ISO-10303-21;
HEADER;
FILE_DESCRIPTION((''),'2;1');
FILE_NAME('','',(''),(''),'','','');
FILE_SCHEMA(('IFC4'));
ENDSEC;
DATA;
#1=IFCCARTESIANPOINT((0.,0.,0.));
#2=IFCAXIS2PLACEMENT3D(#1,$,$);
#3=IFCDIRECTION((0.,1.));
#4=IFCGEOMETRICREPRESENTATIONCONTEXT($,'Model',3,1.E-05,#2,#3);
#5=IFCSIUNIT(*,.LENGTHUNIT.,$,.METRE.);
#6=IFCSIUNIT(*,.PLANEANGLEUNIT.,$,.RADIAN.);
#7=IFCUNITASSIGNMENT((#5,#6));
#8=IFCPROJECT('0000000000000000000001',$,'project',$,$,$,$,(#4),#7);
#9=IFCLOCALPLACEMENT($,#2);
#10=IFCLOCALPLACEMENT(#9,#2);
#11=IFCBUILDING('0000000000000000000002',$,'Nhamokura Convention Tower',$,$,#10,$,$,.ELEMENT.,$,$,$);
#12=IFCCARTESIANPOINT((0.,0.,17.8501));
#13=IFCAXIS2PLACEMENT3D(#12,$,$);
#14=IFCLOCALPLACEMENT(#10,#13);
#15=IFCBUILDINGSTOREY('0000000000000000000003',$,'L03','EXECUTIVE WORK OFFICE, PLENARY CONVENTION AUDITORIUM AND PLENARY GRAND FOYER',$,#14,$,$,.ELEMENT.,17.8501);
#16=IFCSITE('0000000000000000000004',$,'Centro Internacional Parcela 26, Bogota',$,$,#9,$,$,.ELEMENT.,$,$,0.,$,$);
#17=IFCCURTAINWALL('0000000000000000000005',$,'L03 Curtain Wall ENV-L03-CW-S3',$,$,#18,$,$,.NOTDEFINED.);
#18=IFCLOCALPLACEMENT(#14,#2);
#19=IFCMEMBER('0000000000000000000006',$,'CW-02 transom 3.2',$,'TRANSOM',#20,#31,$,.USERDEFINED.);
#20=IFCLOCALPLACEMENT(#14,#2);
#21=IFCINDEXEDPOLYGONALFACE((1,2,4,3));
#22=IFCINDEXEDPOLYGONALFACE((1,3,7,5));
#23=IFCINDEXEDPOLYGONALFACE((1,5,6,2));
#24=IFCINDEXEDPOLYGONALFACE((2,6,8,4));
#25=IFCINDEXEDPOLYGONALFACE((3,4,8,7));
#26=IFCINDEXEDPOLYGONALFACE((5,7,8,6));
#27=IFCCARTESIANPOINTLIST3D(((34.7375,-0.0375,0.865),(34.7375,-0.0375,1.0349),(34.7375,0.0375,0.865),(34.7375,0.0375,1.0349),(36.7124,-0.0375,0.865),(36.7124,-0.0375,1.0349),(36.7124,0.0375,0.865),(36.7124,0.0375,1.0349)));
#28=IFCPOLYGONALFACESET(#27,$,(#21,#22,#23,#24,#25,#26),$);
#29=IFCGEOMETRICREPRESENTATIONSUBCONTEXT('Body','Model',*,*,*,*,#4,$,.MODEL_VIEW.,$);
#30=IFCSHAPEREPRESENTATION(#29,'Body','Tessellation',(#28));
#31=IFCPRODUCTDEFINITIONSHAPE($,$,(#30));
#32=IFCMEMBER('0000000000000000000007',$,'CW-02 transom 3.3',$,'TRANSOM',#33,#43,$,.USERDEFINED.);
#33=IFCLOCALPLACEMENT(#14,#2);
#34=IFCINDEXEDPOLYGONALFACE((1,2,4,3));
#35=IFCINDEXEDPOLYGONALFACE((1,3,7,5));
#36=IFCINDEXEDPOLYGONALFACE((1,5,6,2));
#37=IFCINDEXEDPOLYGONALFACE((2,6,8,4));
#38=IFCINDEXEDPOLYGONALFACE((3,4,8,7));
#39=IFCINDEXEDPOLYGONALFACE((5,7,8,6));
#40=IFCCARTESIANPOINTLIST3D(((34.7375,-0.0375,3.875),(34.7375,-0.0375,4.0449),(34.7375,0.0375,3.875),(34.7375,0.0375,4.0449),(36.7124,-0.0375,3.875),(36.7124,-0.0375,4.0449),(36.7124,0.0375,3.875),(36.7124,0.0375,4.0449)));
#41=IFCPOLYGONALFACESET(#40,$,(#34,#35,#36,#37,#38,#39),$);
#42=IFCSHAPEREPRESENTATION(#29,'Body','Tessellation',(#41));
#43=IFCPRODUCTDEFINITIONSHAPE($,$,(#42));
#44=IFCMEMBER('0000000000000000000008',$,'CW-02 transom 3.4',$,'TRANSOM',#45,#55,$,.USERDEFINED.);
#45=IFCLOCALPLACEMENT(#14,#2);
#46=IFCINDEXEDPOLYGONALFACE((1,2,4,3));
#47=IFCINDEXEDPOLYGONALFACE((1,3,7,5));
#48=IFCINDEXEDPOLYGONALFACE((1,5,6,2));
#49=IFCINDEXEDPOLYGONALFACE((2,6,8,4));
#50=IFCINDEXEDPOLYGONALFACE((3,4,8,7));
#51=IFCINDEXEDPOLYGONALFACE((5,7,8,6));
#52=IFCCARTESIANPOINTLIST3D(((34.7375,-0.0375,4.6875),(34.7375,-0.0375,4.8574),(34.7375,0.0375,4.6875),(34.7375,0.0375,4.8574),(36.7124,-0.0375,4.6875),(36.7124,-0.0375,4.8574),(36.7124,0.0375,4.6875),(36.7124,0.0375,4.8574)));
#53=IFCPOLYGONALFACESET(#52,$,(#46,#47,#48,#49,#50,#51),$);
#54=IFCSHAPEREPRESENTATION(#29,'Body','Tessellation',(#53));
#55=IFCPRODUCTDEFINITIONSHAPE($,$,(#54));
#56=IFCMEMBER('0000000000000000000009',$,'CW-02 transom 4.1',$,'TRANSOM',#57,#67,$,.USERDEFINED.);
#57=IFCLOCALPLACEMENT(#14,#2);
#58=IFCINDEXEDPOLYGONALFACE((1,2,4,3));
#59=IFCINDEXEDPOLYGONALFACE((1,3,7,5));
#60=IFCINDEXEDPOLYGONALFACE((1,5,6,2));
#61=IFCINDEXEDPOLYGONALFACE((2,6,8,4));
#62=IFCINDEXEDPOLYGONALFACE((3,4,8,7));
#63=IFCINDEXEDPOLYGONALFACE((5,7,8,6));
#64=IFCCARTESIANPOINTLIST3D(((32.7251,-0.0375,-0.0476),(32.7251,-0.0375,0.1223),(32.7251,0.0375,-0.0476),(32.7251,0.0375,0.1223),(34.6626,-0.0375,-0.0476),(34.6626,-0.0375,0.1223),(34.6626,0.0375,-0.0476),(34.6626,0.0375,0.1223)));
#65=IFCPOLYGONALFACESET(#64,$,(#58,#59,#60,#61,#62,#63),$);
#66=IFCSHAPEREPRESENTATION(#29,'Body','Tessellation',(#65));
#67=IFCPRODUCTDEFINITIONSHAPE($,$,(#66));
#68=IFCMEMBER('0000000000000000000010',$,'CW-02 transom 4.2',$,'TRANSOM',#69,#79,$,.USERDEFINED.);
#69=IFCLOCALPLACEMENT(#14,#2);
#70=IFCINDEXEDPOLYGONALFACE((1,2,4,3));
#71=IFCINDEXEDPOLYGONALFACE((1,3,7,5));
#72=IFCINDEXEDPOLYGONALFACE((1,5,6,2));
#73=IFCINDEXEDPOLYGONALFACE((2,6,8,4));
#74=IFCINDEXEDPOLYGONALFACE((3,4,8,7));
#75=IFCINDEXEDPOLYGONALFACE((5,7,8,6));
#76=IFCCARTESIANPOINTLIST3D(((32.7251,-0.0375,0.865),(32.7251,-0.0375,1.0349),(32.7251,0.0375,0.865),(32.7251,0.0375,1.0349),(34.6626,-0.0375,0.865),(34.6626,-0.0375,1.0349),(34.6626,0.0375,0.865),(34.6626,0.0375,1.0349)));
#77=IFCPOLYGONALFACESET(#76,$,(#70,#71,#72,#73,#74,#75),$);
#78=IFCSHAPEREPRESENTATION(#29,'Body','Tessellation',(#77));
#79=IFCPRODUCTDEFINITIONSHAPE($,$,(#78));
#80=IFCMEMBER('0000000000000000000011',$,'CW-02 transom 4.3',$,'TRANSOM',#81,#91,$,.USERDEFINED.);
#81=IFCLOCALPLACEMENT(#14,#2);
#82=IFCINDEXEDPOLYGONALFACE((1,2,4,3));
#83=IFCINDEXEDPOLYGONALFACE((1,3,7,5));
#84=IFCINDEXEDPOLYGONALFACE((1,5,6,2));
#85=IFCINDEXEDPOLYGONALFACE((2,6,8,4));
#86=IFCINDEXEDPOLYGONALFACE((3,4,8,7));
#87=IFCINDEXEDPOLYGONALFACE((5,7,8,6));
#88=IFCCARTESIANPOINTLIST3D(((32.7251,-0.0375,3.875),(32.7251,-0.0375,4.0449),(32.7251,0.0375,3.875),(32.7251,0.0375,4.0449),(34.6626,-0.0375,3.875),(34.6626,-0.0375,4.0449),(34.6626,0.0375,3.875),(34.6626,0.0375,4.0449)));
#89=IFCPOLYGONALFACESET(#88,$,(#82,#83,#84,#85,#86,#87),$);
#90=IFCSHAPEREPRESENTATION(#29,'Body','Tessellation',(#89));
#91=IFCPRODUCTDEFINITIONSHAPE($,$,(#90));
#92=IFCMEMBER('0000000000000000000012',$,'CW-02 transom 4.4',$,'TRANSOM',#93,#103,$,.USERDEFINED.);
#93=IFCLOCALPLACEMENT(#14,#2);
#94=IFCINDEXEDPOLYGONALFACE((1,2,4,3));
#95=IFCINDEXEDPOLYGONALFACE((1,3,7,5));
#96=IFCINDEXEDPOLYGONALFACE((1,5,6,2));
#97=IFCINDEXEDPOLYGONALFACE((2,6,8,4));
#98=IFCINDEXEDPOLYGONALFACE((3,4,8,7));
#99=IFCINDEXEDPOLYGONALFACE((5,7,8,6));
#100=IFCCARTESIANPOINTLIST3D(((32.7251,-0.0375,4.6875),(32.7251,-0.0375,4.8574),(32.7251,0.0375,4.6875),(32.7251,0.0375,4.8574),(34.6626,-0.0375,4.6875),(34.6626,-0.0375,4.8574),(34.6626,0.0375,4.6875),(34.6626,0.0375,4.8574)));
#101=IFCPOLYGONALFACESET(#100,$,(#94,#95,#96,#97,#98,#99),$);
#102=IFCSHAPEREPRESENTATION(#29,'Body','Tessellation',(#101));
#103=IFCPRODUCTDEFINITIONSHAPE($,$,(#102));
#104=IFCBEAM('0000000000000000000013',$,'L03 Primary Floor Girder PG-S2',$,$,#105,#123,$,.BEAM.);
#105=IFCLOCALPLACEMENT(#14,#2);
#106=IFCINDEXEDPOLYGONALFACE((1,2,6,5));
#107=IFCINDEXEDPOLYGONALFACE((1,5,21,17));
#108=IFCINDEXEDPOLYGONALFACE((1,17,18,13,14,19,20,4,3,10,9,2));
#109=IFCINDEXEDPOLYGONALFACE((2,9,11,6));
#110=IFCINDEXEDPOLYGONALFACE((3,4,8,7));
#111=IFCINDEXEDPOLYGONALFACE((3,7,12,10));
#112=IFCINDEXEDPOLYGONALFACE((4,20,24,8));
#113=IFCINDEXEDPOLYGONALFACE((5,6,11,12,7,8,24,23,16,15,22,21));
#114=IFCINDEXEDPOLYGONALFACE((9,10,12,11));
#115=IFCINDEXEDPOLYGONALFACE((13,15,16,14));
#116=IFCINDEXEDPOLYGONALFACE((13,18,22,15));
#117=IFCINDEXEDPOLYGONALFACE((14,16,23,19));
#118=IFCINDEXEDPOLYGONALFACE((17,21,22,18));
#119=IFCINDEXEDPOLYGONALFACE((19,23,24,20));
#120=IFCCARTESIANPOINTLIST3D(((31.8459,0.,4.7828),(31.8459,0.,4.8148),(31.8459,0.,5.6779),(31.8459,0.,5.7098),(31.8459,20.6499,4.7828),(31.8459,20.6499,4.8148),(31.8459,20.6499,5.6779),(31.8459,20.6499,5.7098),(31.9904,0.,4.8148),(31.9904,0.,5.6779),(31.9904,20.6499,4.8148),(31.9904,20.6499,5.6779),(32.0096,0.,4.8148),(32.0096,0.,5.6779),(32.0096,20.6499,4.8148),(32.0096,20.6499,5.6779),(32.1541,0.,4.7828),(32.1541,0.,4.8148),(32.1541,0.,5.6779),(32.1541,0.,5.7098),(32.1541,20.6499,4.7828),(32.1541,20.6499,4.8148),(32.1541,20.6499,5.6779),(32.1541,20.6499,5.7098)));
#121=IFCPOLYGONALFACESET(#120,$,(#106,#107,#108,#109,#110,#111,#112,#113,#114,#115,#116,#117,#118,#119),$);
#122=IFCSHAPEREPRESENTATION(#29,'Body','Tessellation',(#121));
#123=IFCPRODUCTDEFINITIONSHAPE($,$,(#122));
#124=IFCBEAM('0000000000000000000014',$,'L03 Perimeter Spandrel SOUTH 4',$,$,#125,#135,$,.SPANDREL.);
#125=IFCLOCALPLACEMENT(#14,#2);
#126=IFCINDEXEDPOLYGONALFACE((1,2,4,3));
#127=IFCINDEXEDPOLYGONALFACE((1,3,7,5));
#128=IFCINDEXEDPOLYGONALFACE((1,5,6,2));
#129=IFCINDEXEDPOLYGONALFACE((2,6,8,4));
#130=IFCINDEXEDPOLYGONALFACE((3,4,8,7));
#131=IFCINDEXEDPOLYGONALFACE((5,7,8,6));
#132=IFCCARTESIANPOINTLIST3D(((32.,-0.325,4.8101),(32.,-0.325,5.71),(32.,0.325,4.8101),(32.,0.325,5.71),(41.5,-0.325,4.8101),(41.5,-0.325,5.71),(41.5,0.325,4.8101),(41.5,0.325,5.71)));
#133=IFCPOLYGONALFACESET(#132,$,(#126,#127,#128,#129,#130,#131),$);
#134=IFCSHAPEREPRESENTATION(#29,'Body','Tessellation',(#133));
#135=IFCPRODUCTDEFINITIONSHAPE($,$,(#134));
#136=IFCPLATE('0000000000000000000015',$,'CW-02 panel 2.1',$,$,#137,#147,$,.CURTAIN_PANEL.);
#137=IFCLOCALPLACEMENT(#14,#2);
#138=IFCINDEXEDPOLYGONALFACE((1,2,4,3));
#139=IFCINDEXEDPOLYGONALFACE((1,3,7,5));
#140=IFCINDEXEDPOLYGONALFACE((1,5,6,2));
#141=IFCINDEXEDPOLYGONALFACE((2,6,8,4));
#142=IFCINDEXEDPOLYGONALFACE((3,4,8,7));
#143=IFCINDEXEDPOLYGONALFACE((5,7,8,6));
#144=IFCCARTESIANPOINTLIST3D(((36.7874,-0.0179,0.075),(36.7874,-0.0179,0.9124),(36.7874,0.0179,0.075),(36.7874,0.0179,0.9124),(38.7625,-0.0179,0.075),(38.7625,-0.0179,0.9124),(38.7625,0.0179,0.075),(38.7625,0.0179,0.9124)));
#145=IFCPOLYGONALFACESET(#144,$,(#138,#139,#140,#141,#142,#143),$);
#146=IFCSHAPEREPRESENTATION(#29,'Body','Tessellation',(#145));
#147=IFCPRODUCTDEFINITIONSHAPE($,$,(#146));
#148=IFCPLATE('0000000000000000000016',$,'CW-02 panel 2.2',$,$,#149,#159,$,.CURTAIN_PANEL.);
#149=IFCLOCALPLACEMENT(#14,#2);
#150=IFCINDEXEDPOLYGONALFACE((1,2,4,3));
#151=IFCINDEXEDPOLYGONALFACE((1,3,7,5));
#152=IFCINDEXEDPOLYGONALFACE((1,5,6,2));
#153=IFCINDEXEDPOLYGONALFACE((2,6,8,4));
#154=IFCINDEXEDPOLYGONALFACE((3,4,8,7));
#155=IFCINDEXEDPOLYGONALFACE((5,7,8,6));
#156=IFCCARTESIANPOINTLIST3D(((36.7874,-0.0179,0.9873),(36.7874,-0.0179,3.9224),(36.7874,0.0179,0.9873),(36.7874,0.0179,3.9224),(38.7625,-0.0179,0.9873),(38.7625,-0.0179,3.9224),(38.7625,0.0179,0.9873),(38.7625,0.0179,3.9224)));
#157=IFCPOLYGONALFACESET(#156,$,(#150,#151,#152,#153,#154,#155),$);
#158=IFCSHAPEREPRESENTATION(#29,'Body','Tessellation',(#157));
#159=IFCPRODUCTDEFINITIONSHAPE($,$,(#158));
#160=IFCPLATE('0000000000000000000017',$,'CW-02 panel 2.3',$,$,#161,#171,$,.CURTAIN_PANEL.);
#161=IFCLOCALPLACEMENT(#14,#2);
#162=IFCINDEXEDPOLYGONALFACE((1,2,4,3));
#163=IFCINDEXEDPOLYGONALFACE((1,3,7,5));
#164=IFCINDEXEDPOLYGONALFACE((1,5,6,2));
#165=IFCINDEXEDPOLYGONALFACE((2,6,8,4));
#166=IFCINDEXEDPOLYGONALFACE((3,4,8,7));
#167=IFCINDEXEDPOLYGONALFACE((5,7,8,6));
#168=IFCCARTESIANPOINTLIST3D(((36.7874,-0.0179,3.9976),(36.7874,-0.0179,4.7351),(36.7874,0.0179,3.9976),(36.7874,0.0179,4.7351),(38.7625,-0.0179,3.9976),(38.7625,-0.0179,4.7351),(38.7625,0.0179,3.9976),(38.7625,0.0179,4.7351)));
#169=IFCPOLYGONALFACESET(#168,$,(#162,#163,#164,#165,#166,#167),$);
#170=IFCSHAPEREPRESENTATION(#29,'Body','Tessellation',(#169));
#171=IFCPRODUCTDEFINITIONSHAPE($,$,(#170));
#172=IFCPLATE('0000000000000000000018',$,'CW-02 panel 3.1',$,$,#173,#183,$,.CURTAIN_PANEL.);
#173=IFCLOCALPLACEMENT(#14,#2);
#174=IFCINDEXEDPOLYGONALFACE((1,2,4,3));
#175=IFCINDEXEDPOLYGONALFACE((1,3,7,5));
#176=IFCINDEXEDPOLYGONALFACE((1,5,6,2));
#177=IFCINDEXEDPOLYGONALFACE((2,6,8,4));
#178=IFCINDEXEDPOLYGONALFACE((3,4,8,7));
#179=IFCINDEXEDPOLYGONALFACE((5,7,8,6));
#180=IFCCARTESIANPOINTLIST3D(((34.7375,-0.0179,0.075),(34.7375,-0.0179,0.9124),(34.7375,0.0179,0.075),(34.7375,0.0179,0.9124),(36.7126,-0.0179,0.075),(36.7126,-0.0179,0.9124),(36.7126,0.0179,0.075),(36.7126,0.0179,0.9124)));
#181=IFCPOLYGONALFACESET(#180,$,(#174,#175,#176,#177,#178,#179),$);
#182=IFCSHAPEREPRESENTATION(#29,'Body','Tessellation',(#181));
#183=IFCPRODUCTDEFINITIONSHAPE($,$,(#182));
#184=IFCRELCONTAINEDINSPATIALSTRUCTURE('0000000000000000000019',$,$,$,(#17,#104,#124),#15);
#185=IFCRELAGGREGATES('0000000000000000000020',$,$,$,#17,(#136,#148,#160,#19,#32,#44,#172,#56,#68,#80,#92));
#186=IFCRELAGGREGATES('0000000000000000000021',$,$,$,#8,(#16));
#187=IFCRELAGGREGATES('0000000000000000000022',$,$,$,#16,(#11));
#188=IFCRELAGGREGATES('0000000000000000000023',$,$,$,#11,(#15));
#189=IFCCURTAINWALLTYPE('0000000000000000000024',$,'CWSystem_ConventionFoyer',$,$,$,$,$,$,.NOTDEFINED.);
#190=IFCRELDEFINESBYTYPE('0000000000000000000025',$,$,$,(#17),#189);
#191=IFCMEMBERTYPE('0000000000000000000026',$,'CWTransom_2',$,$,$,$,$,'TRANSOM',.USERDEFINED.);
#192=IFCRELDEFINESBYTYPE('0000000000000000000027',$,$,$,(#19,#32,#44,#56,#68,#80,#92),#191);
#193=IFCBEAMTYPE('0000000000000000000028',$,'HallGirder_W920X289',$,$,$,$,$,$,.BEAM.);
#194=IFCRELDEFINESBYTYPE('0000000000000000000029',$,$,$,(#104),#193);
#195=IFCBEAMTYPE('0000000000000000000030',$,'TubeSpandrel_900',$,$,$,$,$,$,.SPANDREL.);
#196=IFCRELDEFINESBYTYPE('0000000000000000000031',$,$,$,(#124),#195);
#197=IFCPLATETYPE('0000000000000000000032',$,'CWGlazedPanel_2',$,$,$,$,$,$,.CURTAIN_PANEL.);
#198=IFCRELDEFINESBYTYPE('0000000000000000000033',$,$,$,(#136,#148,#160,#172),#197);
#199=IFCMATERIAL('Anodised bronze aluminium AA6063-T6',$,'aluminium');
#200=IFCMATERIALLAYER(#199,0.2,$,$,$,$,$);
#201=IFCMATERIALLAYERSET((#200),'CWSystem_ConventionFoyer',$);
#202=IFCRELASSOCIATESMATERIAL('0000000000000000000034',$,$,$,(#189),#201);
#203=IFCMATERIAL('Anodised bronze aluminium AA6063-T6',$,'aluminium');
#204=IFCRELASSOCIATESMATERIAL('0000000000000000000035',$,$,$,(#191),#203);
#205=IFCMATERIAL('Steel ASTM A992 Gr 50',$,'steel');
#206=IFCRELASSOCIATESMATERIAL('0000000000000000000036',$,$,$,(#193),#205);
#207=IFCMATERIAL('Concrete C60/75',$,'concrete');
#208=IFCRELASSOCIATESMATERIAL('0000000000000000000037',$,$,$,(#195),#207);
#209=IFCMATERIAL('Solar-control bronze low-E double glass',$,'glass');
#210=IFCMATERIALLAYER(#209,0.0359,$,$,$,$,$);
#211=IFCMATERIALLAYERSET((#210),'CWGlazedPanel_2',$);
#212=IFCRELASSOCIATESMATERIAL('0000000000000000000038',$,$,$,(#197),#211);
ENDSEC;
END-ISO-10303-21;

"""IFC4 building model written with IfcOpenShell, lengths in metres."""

from ifc_helpers import new_model, si_unit, direction, frame, origin, origin_2d, place, context, subcontext, project, spatial, rectangle, i_section, extrude, material, layer, layer_set, material_profile, profile_set, type_object, element, aggregate, save


model = new_model("IFC4")

# Units and contexts
model_context = context("Model", 3, precision=1e-05, world=origin(), true_north=direction((0.0, 1.0)))
body_context = subcontext(model_context, "Body", "Model", "MODEL_VIEW")
ifc_project = project(units=[si_unit("LENGTHUNIT", "METRE"), si_unit("PLANEANGLEUNIT", "RADIAN")], contexts=[model_context])

# Site, building, storey
site_placement = place(None, origin())
site = spatial("IfcSite", under=ifc_project, at=site_placement, Name="Centro Internacional Parcela 26, Bogota", CompositionType="ELEMENT", RefElevation=0.0)
building_placement = place(site_placement, origin())
building = spatial("IfcBuilding", under=site, at=building_placement, Name="Nhamokura Convention Tower", CompositionType="ELEMENT")
storey_placement = place(building_placement, frame((0.0, 0.0, 17.8501)))
storey = spatial("IfcBuildingStorey", under=building, at=storey_placement, Name="L03", Description="EXECUTIVE WORK OFFICE, PLENARY CONVENTION AUDITORIUM AND PLENARY GRAND FOYER", CompositionType="ELEMENT", Elevation=17.8501)

# Shared definitions
ifc_material_1 = material(Name="Anodised bronze aluminium AA6063-T6", Category="aluminium")
ifc_layer_1 = layer(ifc_material_1, 0.2)
ifc_layer_set_1 = layer_set([ifc_layer_1], Name="CWSystem_ConventionFoyer")
curtain_wall_type = type_object("IfcCurtainWallType", Name="CWSystem_ConventionFoyer", PredefinedType="NOTDEFINED", material=ifc_layer_set_1)

# Curtain wall
curtain_wall_1_placement = place(storey_placement, origin())
curtain_wall_1 = element("IfcCurtainWall", 1, at=curtain_wall_1_placement, inside=storey, type_object=curtain_wall_type, Name="L03 Curtain Wall ENV-L03-CW-S3", PredefinedType="NOTDEFINED")

# Members
ifc_material_2 = material(Name="Anodised bronze aluminium AA6063-T6", Category="aluminium")
ifc_material_profile_1 = material_profile(ifc_material_2, rectangle(XDim=0.075, YDim=0.1699, at=origin_2d()))
ifc_profile_set_1 = profile_set([ifc_material_profile_1], Name="Anodised bronze aluminium AA6063-T6")
member_type_1 = type_object("IfcMemberType", Name="CWTransom_2", ElementType="TRANSOM", PredefinedType="USERDEFINED", material=ifc_profile_set_1)
member_1_placement = place(storey_placement, frame((36.7124, 0.0, 0.95), z_axis=(-1.0, 0.0, 0.0), x_axis=(0.0, -1.0, 0.0)))
member_1 = element("IfcMember", 2, at=member_1_placement, type_object=member_type_1, Name="CW-02 transom 3.2", ObjectType="TRANSOM", PredefinedType="USERDEFINED", context=body_context, shape_type="SweptSolid", body=[
    extrude(rectangle(XDim=0.075, YDim=0.1699, at=origin_2d()), origin(), (0.0, 0.0, 1.0), 1.9749),
])
member_2_placement = place(storey_placement, frame((36.7124, 0.0, 3.96), z_axis=(-1.0, 0.0, 0.0), x_axis=(0.0, -1.0, 0.0)))
member_2 = element("IfcMember", 3, at=member_2_placement, type_object=member_type_1, Name="CW-02 transom 3.3", ObjectType="TRANSOM", PredefinedType="USERDEFINED", context=body_context, shape_type="SweptSolid", body=[
    extrude(rectangle(XDim=0.075, YDim=0.1699, at=origin_2d()), origin(), (0.0, 0.0, 1.0), 1.9749),
])
member_3_placement = place(storey_placement, frame((36.7124, 0.0, 4.7725), z_axis=(-1.0, 0.0, 0.0), x_axis=(0.0, -1.0, 0.0)))
member_3 = element("IfcMember", 4, at=member_3_placement, type_object=member_type_1, Name="CW-02 transom 3.4", ObjectType="TRANSOM", PredefinedType="USERDEFINED", context=body_context, shape_type="SweptSolid", body=[
    extrude(rectangle(XDim=0.075, YDim=0.1699, at=origin_2d()), origin(), (0.0, 0.0, 1.0), 1.9749),
])
member_4_placement = place(storey_placement, frame((34.6626, 0.0, 0.0374), z_axis=(-1.0, 0.0, 0.0), x_axis=(0.0, -1.0, 0.0)))
member_4 = element("IfcMember", 5, at=member_4_placement, type_object=member_type_1, Name="CW-02 transom 4.1", ObjectType="TRANSOM", PredefinedType="USERDEFINED", context=body_context, shape_type="SweptSolid", body=[
    extrude(rectangle(XDim=0.075, YDim=0.1699, at=origin_2d()), origin(), (0.0, 0.0, 1.0), 1.9375),
])
member_5_placement = place(storey_placement, frame((34.6626, 0.0, 0.95), z_axis=(-1.0, 0.0, 0.0), x_axis=(0.0, -1.0, 0.0)))
member_5 = element("IfcMember", 6, at=member_5_placement, type_object=member_type_1, Name="CW-02 transom 4.2", ObjectType="TRANSOM", PredefinedType="USERDEFINED", context=body_context, shape_type="SweptSolid", body=[
    extrude(rectangle(XDim=0.075, YDim=0.1699, at=origin_2d()), origin(), (0.0, 0.0, 1.0), 1.9375),
])
member_6_placement = place(storey_placement, frame((34.6626, 0.0, 3.96), z_axis=(-1.0, 0.0, 0.0), x_axis=(0.0, -1.0, 0.0)))
member_6 = element("IfcMember", 7, at=member_6_placement, type_object=member_type_1, Name="CW-02 transom 4.3", ObjectType="TRANSOM", PredefinedType="USERDEFINED", context=body_context, shape_type="SweptSolid", body=[
    extrude(rectangle(XDim=0.075, YDim=0.1699, at=origin_2d()), origin(), (0.0, 0.0, 1.0), 1.9375),
])
member_7_placement = place(storey_placement, frame((34.6626, 0.0, 4.7725), z_axis=(-1.0, 0.0, 0.0), x_axis=(0.0, -1.0, 0.0)))
member_7 = element("IfcMember", 8, at=member_7_placement, type_object=member_type_1, Name="CW-02 transom 4.4", ObjectType="TRANSOM", PredefinedType="USERDEFINED", context=body_context, shape_type="SweptSolid", body=[
    extrude(rectangle(XDim=0.075, YDim=0.1699, at=origin_2d()), origin(), (0.0, 0.0, 1.0), 1.9375),
])

# Beams
ifc_material_3 = material(Name="Steel ASTM A992 Gr 50", Category="steel")
ifc_material_profile_2 = material_profile(ifc_material_3, i_section(OverallWidth=0.3081, OverallDepth=0.927, WebThickness=0.0193, FlangeThickness=0.032, at=origin_2d()))
ifc_profile_set_2 = profile_set([ifc_material_profile_2], Name="Steel ASTM A992 Gr 50")
beam_type_1 = type_object("IfcBeamType", Name="HallGirder_W920X289", PredefinedType="BEAM", material=ifc_profile_set_2)
beam_1_placement = place(storey_placement, frame((32.0, 0.0, 5.2463), z_axis=(0.0, 1.0, 0.0), x_axis=(-1.0, 0.0, 0.0)))
element("IfcBeam", 9, at=beam_1_placement, inside=storey, type_object=beam_type_1, Name="L03 Primary Floor Girder PG-S2", PredefinedType="BEAM", context=body_context, shape_type="SweptSolid", body=[
    extrude(i_section(OverallWidth=0.3081, OverallDepth=0.927, WebThickness=0.0193, FlangeThickness=0.032, at=origin_2d()), origin(), (0.0, 0.0, 1.0), 20.6499),
])
ifc_material_4 = material(Name="Concrete C60/75", Category="concrete")
ifc_material_profile_3 = material_profile(ifc_material_4, rectangle(XDim=0.6499, YDim=0.8999, at=origin_2d()))
ifc_profile_set_3 = profile_set([ifc_material_profile_3], Name="Concrete C60/75")
beam_type_2 = type_object("IfcBeamType", Name="TubeSpandrel_900", PredefinedType="SPANDREL", material=ifc_profile_set_3)
beam_2_placement = place(storey_placement, frame((32.0, 0.0, 5.26), z_axis=(1.0, 0.0, 0.0), x_axis=(0.0, 1.0, 0.0)))
element("IfcBeam", 10, at=beam_2_placement, inside=storey, type_object=beam_type_2, Name="L03 Perimeter Spandrel SOUTH 4", PredefinedType="SPANDREL", context=body_context, shape_type="SweptSolid", body=[
    extrude(rectangle(XDim=0.6499, YDim=0.8999, at=origin_2d()), origin(), (0.0, 0.0, 1.0), 9.5),
])

# Plates
ifc_material_5 = material(Name="Solar-control bronze low-E double glass", Category="glass")
ifc_layer_2 = layer(ifc_material_5, 0.0359)
ifc_layer_set_2 = layer_set([ifc_layer_2], Name="CWGlazedPanel_2")
plate_type = type_object("IfcPlateType", Name="CWGlazedPanel_2", PredefinedType="CURTAIN_PANEL", material=ifc_layer_set_2)
plate_1_placement = place(storey_placement, frame((37.7749, 0.0, 0.075), z_axis=(0.0, 0.0, 1.0), x_axis=(-1.0, 0.0, 0.0)))
plate_1 = element("IfcPlate", 11, at=plate_1_placement, type_object=plate_type, Name="CW-02 panel 2.1", PredefinedType="CURTAIN_PANEL", context=body_context, shape_type="SweptSolid", body=[
    extrude(rectangle(XDim=1.9751, YDim=0.0359, at=origin_2d()), origin(), (0.0, 0.0, 1.0), 0.8374),
])
plate_2_placement = place(storey_placement, frame((37.7749, 0.0, 0.9873), z_axis=(0.0, 0.0, 1.0), x_axis=(-1.0, 0.0, 0.0)))
plate_2 = element("IfcPlate", 12, at=plate_2_placement, type_object=plate_type, Name="CW-02 panel 2.2", PredefinedType="CURTAIN_PANEL", context=body_context, shape_type="SweptSolid", body=[
    extrude(rectangle(XDim=1.9751, YDim=0.0359, at=origin_2d()), origin(), (0.0, 0.0, 1.0), 2.9351),
])
plate_3_placement = place(storey_placement, frame((37.7749, 0.0, 3.9976), z_axis=(0.0, 0.0, 1.0), x_axis=(-1.0, 0.0, 0.0)))
plate_3 = element("IfcPlate", 13, at=plate_3_placement, type_object=plate_type, Name="CW-02 panel 2.3", PredefinedType="CURTAIN_PANEL", context=body_context, shape_type="SweptSolid", body=[
    extrude(rectangle(XDim=1.9751, YDim=0.0359, at=origin_2d()), origin(), (0.0, 0.0, 1.0), 0.7375),
])
plate_4_placement = place(storey_placement, frame((35.7251, 0.0, 0.075), z_axis=(0.0, 0.0, 1.0), x_axis=(-1.0, 0.0, 0.0)))
plate_4 = element("IfcPlate", 14, at=plate_4_placement, type_object=plate_type, Name="CW-02 panel 3.1", PredefinedType="CURTAIN_PANEL", context=body_context, shape_type="SweptSolid", body=[
    extrude(rectangle(XDim=1.9751, YDim=0.0359, at=origin_2d()), origin(), (0.0, 0.0, 1.0), 0.8374),
])
aggregate(curtain_wall_1, [plate_1, plate_2, plate_3, member_1, member_2, member_3, plate_4, member_4, member_5, member_6, member_7])

save(model, "model.ifc")
